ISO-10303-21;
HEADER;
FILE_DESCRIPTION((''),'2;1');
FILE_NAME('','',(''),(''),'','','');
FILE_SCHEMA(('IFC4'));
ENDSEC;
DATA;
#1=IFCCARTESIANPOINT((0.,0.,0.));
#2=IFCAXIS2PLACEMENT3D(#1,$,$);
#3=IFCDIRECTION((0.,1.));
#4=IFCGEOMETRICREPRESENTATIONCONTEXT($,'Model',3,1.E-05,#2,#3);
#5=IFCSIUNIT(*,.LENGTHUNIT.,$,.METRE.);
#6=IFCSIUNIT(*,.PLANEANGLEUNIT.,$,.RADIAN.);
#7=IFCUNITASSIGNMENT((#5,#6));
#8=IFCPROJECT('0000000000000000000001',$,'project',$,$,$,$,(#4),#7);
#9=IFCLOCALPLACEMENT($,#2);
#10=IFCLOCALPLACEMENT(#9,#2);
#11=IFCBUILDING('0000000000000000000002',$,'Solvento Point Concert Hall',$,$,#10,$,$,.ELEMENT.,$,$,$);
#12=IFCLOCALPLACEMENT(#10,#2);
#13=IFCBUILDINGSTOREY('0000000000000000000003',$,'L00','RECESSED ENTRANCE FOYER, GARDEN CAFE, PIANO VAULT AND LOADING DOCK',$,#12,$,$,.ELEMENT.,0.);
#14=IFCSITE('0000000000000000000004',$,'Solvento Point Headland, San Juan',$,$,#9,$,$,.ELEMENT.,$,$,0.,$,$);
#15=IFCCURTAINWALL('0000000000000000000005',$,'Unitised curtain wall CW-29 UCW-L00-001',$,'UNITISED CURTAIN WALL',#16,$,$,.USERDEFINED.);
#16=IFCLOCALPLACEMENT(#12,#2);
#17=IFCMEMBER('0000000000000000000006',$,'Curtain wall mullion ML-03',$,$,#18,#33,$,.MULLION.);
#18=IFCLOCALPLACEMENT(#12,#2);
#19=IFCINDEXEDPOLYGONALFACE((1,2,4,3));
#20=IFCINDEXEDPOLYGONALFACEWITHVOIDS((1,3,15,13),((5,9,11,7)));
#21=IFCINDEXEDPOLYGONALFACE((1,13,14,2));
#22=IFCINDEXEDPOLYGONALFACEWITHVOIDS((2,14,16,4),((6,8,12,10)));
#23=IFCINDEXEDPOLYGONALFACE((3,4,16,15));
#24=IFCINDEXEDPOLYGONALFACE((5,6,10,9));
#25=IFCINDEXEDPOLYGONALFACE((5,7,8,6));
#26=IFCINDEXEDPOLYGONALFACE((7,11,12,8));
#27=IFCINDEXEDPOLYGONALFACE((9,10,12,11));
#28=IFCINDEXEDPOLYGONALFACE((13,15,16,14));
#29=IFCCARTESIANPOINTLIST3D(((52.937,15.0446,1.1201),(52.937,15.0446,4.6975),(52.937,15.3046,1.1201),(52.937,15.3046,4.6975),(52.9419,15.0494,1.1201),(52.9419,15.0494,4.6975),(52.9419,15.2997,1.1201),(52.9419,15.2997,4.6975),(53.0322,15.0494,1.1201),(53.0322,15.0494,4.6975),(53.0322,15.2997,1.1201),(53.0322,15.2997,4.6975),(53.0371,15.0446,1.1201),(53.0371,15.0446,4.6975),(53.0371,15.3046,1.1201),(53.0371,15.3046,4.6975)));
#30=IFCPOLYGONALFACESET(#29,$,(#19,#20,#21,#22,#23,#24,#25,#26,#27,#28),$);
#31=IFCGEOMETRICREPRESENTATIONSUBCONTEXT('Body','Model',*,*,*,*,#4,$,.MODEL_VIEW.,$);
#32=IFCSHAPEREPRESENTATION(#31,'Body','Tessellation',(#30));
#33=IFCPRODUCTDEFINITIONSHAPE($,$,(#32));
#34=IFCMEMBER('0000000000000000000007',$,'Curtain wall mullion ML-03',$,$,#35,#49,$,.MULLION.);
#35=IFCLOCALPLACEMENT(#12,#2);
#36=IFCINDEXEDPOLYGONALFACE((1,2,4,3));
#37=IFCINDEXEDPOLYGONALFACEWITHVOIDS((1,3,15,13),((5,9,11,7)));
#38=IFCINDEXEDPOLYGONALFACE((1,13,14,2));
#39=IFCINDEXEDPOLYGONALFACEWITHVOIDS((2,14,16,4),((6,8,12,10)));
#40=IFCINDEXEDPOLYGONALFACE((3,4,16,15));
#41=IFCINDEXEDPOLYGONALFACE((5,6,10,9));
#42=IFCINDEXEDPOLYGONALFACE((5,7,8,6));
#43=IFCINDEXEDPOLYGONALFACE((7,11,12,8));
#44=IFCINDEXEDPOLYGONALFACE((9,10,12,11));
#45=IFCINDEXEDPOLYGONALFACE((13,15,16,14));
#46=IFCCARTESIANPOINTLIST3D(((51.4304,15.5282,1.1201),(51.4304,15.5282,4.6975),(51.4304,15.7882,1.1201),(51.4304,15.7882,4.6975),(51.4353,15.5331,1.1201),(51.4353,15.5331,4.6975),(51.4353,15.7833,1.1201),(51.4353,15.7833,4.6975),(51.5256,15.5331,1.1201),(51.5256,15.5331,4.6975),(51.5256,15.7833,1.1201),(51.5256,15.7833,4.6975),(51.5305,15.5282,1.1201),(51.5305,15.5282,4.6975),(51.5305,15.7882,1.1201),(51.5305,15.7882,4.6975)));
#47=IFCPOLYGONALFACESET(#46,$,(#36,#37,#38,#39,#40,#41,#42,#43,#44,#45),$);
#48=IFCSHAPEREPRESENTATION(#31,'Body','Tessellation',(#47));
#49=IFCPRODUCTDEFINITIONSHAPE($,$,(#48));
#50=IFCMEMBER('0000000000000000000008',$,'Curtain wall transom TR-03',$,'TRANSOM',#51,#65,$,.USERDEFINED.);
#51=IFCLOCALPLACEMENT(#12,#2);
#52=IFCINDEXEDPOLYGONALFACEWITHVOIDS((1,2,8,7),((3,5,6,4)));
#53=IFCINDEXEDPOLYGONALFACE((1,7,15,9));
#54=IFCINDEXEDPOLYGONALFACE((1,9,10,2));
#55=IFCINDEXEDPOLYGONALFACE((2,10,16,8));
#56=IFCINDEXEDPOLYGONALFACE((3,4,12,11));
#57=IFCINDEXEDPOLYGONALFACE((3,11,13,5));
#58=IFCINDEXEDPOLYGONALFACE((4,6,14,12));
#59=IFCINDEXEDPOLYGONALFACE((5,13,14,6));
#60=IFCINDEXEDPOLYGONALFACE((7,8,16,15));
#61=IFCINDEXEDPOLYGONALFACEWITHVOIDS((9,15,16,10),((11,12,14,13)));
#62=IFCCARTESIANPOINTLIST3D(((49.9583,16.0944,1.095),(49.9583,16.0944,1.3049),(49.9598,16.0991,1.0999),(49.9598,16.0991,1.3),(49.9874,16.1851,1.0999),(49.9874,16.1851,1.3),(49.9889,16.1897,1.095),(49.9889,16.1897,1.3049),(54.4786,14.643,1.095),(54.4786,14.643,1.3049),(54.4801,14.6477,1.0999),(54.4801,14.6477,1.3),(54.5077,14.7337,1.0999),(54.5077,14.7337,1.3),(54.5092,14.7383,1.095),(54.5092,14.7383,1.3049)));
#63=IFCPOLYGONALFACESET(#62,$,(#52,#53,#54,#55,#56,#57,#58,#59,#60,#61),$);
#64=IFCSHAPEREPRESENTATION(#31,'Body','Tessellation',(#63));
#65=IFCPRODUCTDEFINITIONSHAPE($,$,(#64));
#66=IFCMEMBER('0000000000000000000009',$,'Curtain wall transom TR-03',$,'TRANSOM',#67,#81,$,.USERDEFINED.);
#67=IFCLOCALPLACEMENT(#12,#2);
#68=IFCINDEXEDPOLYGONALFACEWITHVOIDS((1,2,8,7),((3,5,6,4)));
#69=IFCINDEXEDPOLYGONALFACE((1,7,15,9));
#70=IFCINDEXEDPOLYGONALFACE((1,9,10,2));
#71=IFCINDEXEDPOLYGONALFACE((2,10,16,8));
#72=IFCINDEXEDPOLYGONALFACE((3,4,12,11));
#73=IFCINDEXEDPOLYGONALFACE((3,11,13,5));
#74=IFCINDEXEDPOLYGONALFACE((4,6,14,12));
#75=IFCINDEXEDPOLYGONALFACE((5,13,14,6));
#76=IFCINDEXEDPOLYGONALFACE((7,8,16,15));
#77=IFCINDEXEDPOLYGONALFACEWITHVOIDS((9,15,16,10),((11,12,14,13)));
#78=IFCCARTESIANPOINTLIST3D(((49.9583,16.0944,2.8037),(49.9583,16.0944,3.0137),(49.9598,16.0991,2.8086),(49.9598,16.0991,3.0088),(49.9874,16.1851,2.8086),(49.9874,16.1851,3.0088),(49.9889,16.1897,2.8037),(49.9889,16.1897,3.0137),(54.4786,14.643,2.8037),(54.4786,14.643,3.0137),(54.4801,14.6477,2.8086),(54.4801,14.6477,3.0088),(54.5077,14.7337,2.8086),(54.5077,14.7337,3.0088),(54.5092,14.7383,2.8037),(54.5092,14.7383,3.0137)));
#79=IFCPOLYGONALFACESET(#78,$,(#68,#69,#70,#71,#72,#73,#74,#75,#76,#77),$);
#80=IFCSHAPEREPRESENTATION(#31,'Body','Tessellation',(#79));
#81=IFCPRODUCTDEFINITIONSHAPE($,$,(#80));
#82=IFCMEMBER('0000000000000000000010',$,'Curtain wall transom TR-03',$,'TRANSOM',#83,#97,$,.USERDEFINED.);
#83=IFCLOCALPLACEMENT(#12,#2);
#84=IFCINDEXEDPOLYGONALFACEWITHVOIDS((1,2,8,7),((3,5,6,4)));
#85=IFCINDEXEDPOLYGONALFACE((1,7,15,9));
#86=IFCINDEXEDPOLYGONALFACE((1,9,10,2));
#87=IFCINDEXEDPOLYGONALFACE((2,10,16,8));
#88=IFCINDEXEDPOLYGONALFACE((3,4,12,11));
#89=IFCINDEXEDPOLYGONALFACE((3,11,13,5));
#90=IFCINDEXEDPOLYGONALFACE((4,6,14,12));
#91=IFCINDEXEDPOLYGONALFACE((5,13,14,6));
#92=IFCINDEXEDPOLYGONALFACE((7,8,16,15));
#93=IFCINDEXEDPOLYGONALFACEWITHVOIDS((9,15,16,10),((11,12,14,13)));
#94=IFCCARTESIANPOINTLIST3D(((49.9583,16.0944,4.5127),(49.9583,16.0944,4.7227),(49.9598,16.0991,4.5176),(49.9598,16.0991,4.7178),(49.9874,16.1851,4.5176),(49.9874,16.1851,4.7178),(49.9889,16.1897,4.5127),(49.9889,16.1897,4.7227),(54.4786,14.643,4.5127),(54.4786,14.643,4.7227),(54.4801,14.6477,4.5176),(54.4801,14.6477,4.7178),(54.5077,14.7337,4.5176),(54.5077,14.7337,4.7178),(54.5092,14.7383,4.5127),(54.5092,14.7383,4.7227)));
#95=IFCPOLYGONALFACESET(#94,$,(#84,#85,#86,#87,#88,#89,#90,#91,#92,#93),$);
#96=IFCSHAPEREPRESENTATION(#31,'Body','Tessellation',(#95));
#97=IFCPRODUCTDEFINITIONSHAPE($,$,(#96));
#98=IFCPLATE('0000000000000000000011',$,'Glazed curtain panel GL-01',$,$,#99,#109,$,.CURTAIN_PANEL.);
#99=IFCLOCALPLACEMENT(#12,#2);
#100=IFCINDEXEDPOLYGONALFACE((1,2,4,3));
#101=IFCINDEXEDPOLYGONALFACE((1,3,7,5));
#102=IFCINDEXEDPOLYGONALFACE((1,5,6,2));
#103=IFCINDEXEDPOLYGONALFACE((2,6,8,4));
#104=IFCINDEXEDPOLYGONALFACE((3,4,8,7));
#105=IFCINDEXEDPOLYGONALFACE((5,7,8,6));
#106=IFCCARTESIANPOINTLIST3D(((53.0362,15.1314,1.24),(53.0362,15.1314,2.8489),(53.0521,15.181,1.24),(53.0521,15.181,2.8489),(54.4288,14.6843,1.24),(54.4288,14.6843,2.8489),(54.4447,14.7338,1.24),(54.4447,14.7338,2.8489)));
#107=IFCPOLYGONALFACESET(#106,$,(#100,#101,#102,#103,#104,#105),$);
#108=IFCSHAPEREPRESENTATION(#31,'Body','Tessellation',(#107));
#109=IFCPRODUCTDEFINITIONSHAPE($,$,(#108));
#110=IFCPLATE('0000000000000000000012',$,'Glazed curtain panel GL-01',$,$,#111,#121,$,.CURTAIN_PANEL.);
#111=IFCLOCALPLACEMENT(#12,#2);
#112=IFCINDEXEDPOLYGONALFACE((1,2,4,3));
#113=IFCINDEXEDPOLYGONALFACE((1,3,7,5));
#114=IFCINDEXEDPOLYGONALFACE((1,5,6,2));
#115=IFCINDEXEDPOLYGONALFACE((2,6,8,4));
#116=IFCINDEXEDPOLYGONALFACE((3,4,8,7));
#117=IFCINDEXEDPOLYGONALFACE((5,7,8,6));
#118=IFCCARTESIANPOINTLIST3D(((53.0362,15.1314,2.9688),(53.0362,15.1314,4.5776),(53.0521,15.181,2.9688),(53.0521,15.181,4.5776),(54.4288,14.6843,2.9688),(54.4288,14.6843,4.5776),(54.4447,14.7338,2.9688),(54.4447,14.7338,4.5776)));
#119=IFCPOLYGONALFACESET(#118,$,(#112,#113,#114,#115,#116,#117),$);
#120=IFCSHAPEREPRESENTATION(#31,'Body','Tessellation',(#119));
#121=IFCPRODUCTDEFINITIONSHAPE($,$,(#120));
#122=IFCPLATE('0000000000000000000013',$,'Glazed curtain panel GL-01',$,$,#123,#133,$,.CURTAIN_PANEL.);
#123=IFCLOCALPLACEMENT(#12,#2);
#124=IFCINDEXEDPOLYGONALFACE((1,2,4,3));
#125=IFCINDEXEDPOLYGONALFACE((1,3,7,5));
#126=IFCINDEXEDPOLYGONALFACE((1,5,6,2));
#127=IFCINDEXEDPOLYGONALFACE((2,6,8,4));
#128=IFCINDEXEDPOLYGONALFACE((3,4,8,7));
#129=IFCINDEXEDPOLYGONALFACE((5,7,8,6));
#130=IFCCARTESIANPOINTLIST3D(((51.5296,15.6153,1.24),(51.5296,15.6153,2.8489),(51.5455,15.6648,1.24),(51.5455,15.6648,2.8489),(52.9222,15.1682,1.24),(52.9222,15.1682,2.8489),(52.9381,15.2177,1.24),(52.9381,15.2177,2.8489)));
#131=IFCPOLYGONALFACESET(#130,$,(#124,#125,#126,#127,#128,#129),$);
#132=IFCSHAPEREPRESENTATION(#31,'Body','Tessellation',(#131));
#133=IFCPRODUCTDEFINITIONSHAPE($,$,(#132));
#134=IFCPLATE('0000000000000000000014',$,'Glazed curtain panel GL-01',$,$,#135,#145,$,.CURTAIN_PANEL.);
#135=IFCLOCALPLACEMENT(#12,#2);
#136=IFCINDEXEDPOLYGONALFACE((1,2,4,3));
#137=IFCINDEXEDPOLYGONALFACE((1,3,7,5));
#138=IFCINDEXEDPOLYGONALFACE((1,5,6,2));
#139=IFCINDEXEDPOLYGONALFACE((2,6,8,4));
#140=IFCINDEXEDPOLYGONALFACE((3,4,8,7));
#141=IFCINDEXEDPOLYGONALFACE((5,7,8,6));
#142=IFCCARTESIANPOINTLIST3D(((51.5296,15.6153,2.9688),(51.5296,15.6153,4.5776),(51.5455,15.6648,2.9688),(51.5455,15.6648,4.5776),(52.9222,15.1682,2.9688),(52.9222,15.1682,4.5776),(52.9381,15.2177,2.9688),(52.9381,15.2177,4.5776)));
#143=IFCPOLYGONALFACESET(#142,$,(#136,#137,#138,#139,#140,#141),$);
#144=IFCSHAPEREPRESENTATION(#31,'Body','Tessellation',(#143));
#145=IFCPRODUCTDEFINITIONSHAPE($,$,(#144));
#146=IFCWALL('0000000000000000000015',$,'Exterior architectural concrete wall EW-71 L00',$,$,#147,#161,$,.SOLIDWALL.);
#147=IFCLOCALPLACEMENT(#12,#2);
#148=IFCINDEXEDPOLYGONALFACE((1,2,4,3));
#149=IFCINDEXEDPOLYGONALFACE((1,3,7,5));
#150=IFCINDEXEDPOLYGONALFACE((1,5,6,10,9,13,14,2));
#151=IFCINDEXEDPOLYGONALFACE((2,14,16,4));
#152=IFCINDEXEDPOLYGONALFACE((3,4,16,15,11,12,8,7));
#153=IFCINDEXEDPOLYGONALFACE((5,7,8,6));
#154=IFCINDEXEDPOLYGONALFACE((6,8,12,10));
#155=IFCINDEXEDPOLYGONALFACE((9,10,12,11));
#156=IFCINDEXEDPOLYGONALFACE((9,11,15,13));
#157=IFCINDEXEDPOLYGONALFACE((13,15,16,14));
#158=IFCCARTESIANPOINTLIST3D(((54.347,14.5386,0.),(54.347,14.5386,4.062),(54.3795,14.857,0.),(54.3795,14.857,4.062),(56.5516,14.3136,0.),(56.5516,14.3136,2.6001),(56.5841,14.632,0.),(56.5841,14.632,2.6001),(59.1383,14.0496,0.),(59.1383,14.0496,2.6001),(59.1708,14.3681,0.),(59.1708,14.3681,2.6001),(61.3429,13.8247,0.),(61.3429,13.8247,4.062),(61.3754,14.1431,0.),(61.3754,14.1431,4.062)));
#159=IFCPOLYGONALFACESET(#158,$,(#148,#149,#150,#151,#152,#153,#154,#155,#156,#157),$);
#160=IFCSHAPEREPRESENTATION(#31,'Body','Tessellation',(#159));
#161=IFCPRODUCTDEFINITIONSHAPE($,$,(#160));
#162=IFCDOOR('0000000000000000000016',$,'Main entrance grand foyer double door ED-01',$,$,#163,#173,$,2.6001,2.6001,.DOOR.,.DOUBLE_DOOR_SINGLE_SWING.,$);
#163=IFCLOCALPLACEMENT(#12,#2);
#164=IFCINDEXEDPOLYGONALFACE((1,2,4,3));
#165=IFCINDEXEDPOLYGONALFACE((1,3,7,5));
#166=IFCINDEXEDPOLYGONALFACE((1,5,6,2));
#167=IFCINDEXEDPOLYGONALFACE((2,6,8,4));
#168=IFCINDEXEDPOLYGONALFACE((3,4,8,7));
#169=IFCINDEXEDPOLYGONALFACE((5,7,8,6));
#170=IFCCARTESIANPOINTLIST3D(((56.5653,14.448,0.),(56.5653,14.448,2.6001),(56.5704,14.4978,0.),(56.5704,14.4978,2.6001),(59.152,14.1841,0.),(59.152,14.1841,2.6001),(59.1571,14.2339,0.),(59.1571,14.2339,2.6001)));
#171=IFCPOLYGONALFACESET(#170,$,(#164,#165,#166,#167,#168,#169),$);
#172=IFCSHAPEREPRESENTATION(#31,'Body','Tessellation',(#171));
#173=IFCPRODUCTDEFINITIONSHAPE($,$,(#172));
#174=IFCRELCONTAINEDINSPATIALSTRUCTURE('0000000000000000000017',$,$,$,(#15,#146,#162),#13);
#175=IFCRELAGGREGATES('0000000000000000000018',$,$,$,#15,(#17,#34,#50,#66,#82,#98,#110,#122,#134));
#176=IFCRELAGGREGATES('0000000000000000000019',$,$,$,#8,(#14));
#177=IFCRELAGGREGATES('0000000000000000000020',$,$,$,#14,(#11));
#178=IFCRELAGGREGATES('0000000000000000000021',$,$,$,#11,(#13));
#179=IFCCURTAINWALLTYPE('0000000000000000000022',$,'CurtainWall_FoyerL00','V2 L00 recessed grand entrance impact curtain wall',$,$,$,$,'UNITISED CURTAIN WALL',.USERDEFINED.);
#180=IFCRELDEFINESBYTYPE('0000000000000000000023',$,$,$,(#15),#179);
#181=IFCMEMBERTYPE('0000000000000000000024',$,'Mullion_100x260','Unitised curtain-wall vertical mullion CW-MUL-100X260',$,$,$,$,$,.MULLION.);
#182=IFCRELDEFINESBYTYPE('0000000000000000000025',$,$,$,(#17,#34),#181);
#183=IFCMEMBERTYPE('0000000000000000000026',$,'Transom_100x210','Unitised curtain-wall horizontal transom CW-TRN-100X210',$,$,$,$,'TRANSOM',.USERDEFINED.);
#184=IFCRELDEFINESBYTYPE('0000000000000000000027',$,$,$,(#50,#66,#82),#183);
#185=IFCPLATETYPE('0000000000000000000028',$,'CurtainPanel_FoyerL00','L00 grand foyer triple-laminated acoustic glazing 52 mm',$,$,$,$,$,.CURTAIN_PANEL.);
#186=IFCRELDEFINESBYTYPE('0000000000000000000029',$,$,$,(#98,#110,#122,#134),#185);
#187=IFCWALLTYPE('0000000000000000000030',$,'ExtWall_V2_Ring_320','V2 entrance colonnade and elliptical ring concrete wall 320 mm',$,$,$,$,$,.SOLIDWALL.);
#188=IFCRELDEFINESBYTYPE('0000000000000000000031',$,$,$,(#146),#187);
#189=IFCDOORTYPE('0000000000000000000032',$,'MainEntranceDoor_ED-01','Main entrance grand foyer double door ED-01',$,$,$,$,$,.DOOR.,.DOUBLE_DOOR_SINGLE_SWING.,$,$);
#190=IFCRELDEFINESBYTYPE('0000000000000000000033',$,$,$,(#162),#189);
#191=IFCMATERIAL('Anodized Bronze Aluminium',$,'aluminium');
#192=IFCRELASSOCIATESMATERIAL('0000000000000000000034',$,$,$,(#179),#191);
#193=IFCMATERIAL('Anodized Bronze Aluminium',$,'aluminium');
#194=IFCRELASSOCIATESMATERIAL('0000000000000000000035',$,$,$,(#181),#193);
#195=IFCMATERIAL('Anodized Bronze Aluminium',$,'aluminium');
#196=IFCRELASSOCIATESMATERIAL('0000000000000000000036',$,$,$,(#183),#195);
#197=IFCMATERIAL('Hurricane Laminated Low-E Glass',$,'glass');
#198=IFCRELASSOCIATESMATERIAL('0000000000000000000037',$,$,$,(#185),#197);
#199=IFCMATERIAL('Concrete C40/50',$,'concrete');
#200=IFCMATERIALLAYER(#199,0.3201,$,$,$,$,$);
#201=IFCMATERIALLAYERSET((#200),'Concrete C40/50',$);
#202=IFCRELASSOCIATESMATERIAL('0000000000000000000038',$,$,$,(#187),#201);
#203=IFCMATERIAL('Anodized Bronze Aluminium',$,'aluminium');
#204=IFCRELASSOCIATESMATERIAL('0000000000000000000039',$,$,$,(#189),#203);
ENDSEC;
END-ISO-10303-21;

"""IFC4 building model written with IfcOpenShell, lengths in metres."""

from ifc_helpers import new_model, si_unit, direction, frame, frame_2d, origin, origin_2d, place, context, subcontext, project, spatial, rectangle, hollow_rectangle, extrude, material, layer, layer_set, material_profile, profile_set, type_object, element, fill, aggregate, save


model = new_model("IFC4")

# Units and contexts
model_context = context("Model", 3, precision=1e-05, world=origin(), true_north=direction((0.0, 1.0)))
body_context = subcontext(model_context, "Body", "Model", "MODEL_VIEW")
ifc_project = project(units=[si_unit("LENGTHUNIT", "METRE"), si_unit("PLANEANGLEUNIT", "RADIAN")], contexts=[model_context])

# Site, building, storey
site_placement = place(None, origin())
site = spatial("IfcSite", under=ifc_project, at=site_placement, Name="Solvento Point Headland, San Juan", CompositionType="ELEMENT", RefElevation=0.0)
building_placement = place(site_placement, origin())
building = spatial("IfcBuilding", under=site, at=building_placement, Name="Solvento Point Concert Hall", CompositionType="ELEMENT")
storey_placement = place(building_placement, origin())
storey = spatial("IfcBuildingStorey", under=building, at=storey_placement, Name="L00", Description="RECESSED ENTRANCE FOYER, GARDEN CAFE, PIANO VAULT AND LOADING DOCK", CompositionType="ELEMENT", Elevation=0.0)

# Curtain wall, members, plates
ifc_material_1 = material(Name="Anodized Bronze Aluminium", Category="aluminium")
curtain_wall_type = type_object("IfcCurtainWallType", Name="CurtainWall_FoyerL00", Description="V2 L00 recessed grand entrance impact curtain wall", ElementType="UNITISED CURTAIN WALL", PredefinedType="USERDEFINED", material=ifc_material_1)
curtain_wall_placement = place(storey_placement, origin())
curtain_wall = element("IfcCurtainWall", 1, at=curtain_wall_placement, inside=storey, type_object=curtain_wall_type, Name="Unitised curtain wall CW-29 UCW-L00-001", ObjectType="UNITISED CURTAIN WALL", PredefinedType="USERDEFINED")
ifc_material_2 = material(Name="Anodized Bronze Aluminium", Category="aluminium")
ifc_material_profile_1 = material_profile(ifc_material_2, hollow_rectangle(XDim=0.1001, YDim=0.26, WallThickness=0.0049, at=origin_2d()), Name="CW-MUL-100X260")
ifc_profile_set_1 = profile_set([ifc_material_profile_1], Name="Anodized Bronze Aluminium")
member_type_1 = type_object("IfcMemberType", Name="Mullion_100x260", Description="Unitised curtain-wall vertical mullion CW-MUL-100X260", PredefinedType="MULLION", material=ifc_profile_set_1)
member_1_placement = place(storey_placement, frame((52.9871, 15.1746, 1.1201), z_axis=(0.0, 0.0, 1.0), x_axis=(1.0, 0.0, 0.0)))
member_1 = element("IfcMember", 2, at=member_1_placement, type_object=member_type_1, Name="Curtain wall mullion ML-03", PredefinedType="MULLION", context=body_context, shape_type="SweptSolid", body=[
    extrude(hollow_rectangle(XDim=0.1001, YDim=0.26, WallThickness=0.0049, at=origin_2d()), origin(), (0.0, 0.0, 1.0), 3.5774),
])
member_2_placement = place(storey_placement, frame((51.4805, 15.6582, 1.1201), z_axis=(0.0, 0.0, 1.0), x_axis=(1.0, 0.0, 0.0)))
member_2 = element("IfcMember", 3, at=member_2_placement, type_object=member_type_1, Name="Curtain wall mullion ML-03", PredefinedType="MULLION", context=body_context, shape_type="SweptSolid", body=[
    extrude(hollow_rectangle(XDim=0.1001, YDim=0.26, WallThickness=0.0049, at=origin_2d()), origin(), (0.0, 0.0, 1.0), 3.5774),
])
ifc_material_3 = material(Name="Anodized Bronze Aluminium", Category="aluminium")
ifc_material_profile_2 = material_profile(ifc_material_3, hollow_rectangle(XDim=0.1001, YDim=0.21, WallThickness=0.0049, at=origin_2d()), Name="CW-TRN-100X210")
ifc_profile_set_2 = profile_set([ifc_material_profile_2], Name="Anodized Bronze Aluminium")
member_type_2 = type_object("IfcMemberType", Name="Transom_100x210", Description="Unitised curtain-wall horizontal transom CW-TRN-100X210", ElementType="TRANSOM", PredefinedType="USERDEFINED", material=ifc_profile_set_2)
member_3_placement = place(storey_placement, frame((54.4939, 14.6907, 1.2), z_axis=(-0.952122, 0.305718, 0.0), x_axis=(-0.305718, -0.952122, 0.0)))
member_3 = element("IfcMember", 4, at=member_3_placement, type_object=member_type_2, Name="Curtain wall transom TR-03", ObjectType="TRANSOM", PredefinedType="USERDEFINED", context=body_context, shape_type="SweptSolid", body=[
    extrude(hollow_rectangle(XDim=0.1001, YDim=0.21, WallThickness=0.0049, at=origin_2d()), origin(), (0.0, 0.0, 1.0), 4.7476),
])
member_4_placement = place(storey_placement, frame((54.4939, 14.6907, 2.9087), z_axis=(-0.952122, 0.305718, 0.0), x_axis=(-0.305718, -0.952122, 0.0)))
member_4 = element("IfcMember", 5, at=member_4_placement, type_object=member_type_2, Name="Curtain wall transom TR-03", ObjectType="TRANSOM", PredefinedType="USERDEFINED", context=body_context, shape_type="SweptSolid", body=[
    extrude(hollow_rectangle(XDim=0.1001, YDim=0.21, WallThickness=0.0049, at=origin_2d()), origin(), (0.0, 0.0, 1.0), 4.7476),
])
member_5_placement = place(storey_placement, frame((54.4939, 14.6907, 4.6177), z_axis=(-0.952122, 0.305718, 0.0), x_axis=(-0.305718, -0.952122, 0.0)))
member_5 = element("IfcMember", 6, at=member_5_placement, type_object=member_type_2, Name="Curtain wall transom TR-03", ObjectType="TRANSOM", PredefinedType="USERDEFINED", context=body_context, shape_type="SweptSolid", body=[
    extrude(hollow_rectangle(XDim=0.1001, YDim=0.21, WallThickness=0.0049, at=origin_2d()), origin(), (0.0, 0.0, 1.0), 4.7476),
])
ifc_material_4 = material(Name="Hurricane Laminated Low-E Glass", Category="glass")
plate_type = type_object("IfcPlateType", Name="CurtainPanel_FoyerL00", Description="L00 grand foyer triple-laminated acoustic glazing 52 mm", PredefinedType="CURTAIN_PANEL", material=ifc_material_4)
plate_1_placement = place(storey_placement, frame((53.7405, 14.9326, 1.24), z_axis=(0.0, 0.0, 1.0), x_axis=(-0.952122, 0.305719, 0.0)))
plate_1 = element("IfcPlate", 7, at=plate_1_placement, type_object=plate_type, Name="Glazed curtain panel GL-01", PredefinedType="CURTAIN_PANEL", context=body_context, shape_type="SweptSolid", body=[
    extrude(rectangle(XDim=1.4626, YDim=0.052, at=origin_2d()), origin(), (0.0, 0.0, 1.0), 1.6089),
])
plate_2_placement = place(storey_placement, frame((53.7405, 14.9326, 2.9688), z_axis=(0.0, 0.0, 1.0), x_axis=(-0.952122, 0.305719, 0.0)))
plate_2 = element("IfcPlate", 8, at=plate_2_placement, type_object=plate_type, Name="Glazed curtain panel GL-01", PredefinedType="CURTAIN_PANEL", context=body_context, shape_type="SweptSolid", body=[
    extrude(rectangle(XDim=1.4626, YDim=0.052, at=origin_2d()), origin(), (0.0, 0.0, 1.0), 1.6089),
])
plate_3_placement = place(storey_placement, frame((52.2339, 15.4165, 1.24), z_axis=(0.0, 0.0, 1.0), x_axis=(-0.952122, 0.305719, 0.0)))
plate_3 = element("IfcPlate", 9, at=plate_3_placement, type_object=plate_type, Name="Glazed curtain panel GL-01", PredefinedType="CURTAIN_PANEL", context=body_context, shape_type="SweptSolid", body=[
    extrude(rectangle(XDim=1.4626, YDim=0.052, at=origin_2d()), origin(), (0.0, 0.0, 1.0), 1.6089),
])
plate_4_placement = place(storey_placement, frame((52.2339, 15.4165, 2.9688), z_axis=(0.0, 0.0, 1.0), x_axis=(-0.952122, 0.305719, 0.0)))
plate_4 = element("IfcPlate", 10, at=plate_4_placement, type_object=plate_type, Name="Glazed curtain panel GL-01", PredefinedType="CURTAIN_PANEL", context=body_context, shape_type="SweptSolid", body=[
    extrude(rectangle(XDim=1.4626, YDim=0.052, at=origin_2d()), origin(), (0.0, 0.0, 1.0), 1.6089),
])
aggregate(curtain_wall, [member_1, member_2, member_3, member_4, member_5, plate_1, plate_2, plate_3, plate_4])

# Wall, opening, door
ifc_material_5 = material(Name="Concrete C40/50", Category="concrete")
ifc_layer_1 = layer(ifc_material_5, 0.3201)
ifc_layer_set_1 = layer_set([ifc_layer_1], Name="Concrete C40/50")
wall_type_1 = type_object("IfcWallType", Name="ExtWall_V2_Ring_320", Description="V2 entrance colonnade and elliptical ring concrete wall 320 mm", PredefinedType="SOLIDWALL", material=ifc_layer_set_1)
wall_1_placement = place(storey_placement, frame((61.3591, 13.9839, 0.0), z_axis=(0.0, 0.0, 1.0), x_axis=(-0.994834, 0.101514, 0.0)))
wall_1 = element("IfcWall", 11, at=wall_1_placement, inside=storey, type_object=wall_type_1, Name="Exterior architectural concrete wall EW-71 L00", PredefinedType="SOLIDWALL", context=body_context, shape_type="SweptSolid", body=[
    extrude(rectangle(XDim=7.0322, YDim=0.3201, at=frame_2d((3.5161, 0.0))), origin(), (0.0, 0.0, 1.0), 4.062),
])
opening_1_placement = place(wall_1_placement, frame((2.2161, 0.0, 0.0)))
opening_1 = element("IfcOpeningElement", 12, at=opening_1_placement, cuts=wall_1, PredefinedType="OPENING", context=body_context, shape_type="SweptSolid", body=[
    extrude(rectangle(XDim=2.6001, YDim=2.6001, at=frame_2d((1.3, 1.3))), frame((0.0, 0.1699, 0.0), z_axis=(0.0, -1.0, 0.0), x_axis=(1.0, 0.0, 0.0)), (0.0, 0.0, 1.0), 0.3401),
])
ifc_material_6 = material(Name="Anodized Bronze Aluminium", Category="aluminium")
door_type = type_object("IfcDoorType", Name="MainEntranceDoor_ED-01", Description="Main entrance grand foyer double door ED-01", OperationType="DOUBLE_DOOR_SINGLE_SWING", PredefinedType="DOOR", material=ifc_material_6)
door_1_placement = place(opening_1_placement, origin())
door_1 = element("IfcDoor", 13, at=door_1_placement, inside=storey, type_object=door_type, Name="Main entrance grand foyer double door ED-01", OperationType="DOUBLE_DOOR_SINGLE_SWING", OverallHeight=2.6001, OverallWidth=2.6001, PredefinedType="DOOR", context=body_context, shape_type="SweptSolid", body=[
    extrude(rectangle(XDim=2.6001, YDim=2.6001, at=frame_2d((1.3, 1.3))), frame((0.0, 0.0249, 0.0), z_axis=(0.0, -1.0, 0.0), x_axis=(1.0, 0.0, 0.0)), (0.0, 0.0, 1.0), 0.05),
])
fill(opening_1, door_1)

save(model, "model.ifc")
